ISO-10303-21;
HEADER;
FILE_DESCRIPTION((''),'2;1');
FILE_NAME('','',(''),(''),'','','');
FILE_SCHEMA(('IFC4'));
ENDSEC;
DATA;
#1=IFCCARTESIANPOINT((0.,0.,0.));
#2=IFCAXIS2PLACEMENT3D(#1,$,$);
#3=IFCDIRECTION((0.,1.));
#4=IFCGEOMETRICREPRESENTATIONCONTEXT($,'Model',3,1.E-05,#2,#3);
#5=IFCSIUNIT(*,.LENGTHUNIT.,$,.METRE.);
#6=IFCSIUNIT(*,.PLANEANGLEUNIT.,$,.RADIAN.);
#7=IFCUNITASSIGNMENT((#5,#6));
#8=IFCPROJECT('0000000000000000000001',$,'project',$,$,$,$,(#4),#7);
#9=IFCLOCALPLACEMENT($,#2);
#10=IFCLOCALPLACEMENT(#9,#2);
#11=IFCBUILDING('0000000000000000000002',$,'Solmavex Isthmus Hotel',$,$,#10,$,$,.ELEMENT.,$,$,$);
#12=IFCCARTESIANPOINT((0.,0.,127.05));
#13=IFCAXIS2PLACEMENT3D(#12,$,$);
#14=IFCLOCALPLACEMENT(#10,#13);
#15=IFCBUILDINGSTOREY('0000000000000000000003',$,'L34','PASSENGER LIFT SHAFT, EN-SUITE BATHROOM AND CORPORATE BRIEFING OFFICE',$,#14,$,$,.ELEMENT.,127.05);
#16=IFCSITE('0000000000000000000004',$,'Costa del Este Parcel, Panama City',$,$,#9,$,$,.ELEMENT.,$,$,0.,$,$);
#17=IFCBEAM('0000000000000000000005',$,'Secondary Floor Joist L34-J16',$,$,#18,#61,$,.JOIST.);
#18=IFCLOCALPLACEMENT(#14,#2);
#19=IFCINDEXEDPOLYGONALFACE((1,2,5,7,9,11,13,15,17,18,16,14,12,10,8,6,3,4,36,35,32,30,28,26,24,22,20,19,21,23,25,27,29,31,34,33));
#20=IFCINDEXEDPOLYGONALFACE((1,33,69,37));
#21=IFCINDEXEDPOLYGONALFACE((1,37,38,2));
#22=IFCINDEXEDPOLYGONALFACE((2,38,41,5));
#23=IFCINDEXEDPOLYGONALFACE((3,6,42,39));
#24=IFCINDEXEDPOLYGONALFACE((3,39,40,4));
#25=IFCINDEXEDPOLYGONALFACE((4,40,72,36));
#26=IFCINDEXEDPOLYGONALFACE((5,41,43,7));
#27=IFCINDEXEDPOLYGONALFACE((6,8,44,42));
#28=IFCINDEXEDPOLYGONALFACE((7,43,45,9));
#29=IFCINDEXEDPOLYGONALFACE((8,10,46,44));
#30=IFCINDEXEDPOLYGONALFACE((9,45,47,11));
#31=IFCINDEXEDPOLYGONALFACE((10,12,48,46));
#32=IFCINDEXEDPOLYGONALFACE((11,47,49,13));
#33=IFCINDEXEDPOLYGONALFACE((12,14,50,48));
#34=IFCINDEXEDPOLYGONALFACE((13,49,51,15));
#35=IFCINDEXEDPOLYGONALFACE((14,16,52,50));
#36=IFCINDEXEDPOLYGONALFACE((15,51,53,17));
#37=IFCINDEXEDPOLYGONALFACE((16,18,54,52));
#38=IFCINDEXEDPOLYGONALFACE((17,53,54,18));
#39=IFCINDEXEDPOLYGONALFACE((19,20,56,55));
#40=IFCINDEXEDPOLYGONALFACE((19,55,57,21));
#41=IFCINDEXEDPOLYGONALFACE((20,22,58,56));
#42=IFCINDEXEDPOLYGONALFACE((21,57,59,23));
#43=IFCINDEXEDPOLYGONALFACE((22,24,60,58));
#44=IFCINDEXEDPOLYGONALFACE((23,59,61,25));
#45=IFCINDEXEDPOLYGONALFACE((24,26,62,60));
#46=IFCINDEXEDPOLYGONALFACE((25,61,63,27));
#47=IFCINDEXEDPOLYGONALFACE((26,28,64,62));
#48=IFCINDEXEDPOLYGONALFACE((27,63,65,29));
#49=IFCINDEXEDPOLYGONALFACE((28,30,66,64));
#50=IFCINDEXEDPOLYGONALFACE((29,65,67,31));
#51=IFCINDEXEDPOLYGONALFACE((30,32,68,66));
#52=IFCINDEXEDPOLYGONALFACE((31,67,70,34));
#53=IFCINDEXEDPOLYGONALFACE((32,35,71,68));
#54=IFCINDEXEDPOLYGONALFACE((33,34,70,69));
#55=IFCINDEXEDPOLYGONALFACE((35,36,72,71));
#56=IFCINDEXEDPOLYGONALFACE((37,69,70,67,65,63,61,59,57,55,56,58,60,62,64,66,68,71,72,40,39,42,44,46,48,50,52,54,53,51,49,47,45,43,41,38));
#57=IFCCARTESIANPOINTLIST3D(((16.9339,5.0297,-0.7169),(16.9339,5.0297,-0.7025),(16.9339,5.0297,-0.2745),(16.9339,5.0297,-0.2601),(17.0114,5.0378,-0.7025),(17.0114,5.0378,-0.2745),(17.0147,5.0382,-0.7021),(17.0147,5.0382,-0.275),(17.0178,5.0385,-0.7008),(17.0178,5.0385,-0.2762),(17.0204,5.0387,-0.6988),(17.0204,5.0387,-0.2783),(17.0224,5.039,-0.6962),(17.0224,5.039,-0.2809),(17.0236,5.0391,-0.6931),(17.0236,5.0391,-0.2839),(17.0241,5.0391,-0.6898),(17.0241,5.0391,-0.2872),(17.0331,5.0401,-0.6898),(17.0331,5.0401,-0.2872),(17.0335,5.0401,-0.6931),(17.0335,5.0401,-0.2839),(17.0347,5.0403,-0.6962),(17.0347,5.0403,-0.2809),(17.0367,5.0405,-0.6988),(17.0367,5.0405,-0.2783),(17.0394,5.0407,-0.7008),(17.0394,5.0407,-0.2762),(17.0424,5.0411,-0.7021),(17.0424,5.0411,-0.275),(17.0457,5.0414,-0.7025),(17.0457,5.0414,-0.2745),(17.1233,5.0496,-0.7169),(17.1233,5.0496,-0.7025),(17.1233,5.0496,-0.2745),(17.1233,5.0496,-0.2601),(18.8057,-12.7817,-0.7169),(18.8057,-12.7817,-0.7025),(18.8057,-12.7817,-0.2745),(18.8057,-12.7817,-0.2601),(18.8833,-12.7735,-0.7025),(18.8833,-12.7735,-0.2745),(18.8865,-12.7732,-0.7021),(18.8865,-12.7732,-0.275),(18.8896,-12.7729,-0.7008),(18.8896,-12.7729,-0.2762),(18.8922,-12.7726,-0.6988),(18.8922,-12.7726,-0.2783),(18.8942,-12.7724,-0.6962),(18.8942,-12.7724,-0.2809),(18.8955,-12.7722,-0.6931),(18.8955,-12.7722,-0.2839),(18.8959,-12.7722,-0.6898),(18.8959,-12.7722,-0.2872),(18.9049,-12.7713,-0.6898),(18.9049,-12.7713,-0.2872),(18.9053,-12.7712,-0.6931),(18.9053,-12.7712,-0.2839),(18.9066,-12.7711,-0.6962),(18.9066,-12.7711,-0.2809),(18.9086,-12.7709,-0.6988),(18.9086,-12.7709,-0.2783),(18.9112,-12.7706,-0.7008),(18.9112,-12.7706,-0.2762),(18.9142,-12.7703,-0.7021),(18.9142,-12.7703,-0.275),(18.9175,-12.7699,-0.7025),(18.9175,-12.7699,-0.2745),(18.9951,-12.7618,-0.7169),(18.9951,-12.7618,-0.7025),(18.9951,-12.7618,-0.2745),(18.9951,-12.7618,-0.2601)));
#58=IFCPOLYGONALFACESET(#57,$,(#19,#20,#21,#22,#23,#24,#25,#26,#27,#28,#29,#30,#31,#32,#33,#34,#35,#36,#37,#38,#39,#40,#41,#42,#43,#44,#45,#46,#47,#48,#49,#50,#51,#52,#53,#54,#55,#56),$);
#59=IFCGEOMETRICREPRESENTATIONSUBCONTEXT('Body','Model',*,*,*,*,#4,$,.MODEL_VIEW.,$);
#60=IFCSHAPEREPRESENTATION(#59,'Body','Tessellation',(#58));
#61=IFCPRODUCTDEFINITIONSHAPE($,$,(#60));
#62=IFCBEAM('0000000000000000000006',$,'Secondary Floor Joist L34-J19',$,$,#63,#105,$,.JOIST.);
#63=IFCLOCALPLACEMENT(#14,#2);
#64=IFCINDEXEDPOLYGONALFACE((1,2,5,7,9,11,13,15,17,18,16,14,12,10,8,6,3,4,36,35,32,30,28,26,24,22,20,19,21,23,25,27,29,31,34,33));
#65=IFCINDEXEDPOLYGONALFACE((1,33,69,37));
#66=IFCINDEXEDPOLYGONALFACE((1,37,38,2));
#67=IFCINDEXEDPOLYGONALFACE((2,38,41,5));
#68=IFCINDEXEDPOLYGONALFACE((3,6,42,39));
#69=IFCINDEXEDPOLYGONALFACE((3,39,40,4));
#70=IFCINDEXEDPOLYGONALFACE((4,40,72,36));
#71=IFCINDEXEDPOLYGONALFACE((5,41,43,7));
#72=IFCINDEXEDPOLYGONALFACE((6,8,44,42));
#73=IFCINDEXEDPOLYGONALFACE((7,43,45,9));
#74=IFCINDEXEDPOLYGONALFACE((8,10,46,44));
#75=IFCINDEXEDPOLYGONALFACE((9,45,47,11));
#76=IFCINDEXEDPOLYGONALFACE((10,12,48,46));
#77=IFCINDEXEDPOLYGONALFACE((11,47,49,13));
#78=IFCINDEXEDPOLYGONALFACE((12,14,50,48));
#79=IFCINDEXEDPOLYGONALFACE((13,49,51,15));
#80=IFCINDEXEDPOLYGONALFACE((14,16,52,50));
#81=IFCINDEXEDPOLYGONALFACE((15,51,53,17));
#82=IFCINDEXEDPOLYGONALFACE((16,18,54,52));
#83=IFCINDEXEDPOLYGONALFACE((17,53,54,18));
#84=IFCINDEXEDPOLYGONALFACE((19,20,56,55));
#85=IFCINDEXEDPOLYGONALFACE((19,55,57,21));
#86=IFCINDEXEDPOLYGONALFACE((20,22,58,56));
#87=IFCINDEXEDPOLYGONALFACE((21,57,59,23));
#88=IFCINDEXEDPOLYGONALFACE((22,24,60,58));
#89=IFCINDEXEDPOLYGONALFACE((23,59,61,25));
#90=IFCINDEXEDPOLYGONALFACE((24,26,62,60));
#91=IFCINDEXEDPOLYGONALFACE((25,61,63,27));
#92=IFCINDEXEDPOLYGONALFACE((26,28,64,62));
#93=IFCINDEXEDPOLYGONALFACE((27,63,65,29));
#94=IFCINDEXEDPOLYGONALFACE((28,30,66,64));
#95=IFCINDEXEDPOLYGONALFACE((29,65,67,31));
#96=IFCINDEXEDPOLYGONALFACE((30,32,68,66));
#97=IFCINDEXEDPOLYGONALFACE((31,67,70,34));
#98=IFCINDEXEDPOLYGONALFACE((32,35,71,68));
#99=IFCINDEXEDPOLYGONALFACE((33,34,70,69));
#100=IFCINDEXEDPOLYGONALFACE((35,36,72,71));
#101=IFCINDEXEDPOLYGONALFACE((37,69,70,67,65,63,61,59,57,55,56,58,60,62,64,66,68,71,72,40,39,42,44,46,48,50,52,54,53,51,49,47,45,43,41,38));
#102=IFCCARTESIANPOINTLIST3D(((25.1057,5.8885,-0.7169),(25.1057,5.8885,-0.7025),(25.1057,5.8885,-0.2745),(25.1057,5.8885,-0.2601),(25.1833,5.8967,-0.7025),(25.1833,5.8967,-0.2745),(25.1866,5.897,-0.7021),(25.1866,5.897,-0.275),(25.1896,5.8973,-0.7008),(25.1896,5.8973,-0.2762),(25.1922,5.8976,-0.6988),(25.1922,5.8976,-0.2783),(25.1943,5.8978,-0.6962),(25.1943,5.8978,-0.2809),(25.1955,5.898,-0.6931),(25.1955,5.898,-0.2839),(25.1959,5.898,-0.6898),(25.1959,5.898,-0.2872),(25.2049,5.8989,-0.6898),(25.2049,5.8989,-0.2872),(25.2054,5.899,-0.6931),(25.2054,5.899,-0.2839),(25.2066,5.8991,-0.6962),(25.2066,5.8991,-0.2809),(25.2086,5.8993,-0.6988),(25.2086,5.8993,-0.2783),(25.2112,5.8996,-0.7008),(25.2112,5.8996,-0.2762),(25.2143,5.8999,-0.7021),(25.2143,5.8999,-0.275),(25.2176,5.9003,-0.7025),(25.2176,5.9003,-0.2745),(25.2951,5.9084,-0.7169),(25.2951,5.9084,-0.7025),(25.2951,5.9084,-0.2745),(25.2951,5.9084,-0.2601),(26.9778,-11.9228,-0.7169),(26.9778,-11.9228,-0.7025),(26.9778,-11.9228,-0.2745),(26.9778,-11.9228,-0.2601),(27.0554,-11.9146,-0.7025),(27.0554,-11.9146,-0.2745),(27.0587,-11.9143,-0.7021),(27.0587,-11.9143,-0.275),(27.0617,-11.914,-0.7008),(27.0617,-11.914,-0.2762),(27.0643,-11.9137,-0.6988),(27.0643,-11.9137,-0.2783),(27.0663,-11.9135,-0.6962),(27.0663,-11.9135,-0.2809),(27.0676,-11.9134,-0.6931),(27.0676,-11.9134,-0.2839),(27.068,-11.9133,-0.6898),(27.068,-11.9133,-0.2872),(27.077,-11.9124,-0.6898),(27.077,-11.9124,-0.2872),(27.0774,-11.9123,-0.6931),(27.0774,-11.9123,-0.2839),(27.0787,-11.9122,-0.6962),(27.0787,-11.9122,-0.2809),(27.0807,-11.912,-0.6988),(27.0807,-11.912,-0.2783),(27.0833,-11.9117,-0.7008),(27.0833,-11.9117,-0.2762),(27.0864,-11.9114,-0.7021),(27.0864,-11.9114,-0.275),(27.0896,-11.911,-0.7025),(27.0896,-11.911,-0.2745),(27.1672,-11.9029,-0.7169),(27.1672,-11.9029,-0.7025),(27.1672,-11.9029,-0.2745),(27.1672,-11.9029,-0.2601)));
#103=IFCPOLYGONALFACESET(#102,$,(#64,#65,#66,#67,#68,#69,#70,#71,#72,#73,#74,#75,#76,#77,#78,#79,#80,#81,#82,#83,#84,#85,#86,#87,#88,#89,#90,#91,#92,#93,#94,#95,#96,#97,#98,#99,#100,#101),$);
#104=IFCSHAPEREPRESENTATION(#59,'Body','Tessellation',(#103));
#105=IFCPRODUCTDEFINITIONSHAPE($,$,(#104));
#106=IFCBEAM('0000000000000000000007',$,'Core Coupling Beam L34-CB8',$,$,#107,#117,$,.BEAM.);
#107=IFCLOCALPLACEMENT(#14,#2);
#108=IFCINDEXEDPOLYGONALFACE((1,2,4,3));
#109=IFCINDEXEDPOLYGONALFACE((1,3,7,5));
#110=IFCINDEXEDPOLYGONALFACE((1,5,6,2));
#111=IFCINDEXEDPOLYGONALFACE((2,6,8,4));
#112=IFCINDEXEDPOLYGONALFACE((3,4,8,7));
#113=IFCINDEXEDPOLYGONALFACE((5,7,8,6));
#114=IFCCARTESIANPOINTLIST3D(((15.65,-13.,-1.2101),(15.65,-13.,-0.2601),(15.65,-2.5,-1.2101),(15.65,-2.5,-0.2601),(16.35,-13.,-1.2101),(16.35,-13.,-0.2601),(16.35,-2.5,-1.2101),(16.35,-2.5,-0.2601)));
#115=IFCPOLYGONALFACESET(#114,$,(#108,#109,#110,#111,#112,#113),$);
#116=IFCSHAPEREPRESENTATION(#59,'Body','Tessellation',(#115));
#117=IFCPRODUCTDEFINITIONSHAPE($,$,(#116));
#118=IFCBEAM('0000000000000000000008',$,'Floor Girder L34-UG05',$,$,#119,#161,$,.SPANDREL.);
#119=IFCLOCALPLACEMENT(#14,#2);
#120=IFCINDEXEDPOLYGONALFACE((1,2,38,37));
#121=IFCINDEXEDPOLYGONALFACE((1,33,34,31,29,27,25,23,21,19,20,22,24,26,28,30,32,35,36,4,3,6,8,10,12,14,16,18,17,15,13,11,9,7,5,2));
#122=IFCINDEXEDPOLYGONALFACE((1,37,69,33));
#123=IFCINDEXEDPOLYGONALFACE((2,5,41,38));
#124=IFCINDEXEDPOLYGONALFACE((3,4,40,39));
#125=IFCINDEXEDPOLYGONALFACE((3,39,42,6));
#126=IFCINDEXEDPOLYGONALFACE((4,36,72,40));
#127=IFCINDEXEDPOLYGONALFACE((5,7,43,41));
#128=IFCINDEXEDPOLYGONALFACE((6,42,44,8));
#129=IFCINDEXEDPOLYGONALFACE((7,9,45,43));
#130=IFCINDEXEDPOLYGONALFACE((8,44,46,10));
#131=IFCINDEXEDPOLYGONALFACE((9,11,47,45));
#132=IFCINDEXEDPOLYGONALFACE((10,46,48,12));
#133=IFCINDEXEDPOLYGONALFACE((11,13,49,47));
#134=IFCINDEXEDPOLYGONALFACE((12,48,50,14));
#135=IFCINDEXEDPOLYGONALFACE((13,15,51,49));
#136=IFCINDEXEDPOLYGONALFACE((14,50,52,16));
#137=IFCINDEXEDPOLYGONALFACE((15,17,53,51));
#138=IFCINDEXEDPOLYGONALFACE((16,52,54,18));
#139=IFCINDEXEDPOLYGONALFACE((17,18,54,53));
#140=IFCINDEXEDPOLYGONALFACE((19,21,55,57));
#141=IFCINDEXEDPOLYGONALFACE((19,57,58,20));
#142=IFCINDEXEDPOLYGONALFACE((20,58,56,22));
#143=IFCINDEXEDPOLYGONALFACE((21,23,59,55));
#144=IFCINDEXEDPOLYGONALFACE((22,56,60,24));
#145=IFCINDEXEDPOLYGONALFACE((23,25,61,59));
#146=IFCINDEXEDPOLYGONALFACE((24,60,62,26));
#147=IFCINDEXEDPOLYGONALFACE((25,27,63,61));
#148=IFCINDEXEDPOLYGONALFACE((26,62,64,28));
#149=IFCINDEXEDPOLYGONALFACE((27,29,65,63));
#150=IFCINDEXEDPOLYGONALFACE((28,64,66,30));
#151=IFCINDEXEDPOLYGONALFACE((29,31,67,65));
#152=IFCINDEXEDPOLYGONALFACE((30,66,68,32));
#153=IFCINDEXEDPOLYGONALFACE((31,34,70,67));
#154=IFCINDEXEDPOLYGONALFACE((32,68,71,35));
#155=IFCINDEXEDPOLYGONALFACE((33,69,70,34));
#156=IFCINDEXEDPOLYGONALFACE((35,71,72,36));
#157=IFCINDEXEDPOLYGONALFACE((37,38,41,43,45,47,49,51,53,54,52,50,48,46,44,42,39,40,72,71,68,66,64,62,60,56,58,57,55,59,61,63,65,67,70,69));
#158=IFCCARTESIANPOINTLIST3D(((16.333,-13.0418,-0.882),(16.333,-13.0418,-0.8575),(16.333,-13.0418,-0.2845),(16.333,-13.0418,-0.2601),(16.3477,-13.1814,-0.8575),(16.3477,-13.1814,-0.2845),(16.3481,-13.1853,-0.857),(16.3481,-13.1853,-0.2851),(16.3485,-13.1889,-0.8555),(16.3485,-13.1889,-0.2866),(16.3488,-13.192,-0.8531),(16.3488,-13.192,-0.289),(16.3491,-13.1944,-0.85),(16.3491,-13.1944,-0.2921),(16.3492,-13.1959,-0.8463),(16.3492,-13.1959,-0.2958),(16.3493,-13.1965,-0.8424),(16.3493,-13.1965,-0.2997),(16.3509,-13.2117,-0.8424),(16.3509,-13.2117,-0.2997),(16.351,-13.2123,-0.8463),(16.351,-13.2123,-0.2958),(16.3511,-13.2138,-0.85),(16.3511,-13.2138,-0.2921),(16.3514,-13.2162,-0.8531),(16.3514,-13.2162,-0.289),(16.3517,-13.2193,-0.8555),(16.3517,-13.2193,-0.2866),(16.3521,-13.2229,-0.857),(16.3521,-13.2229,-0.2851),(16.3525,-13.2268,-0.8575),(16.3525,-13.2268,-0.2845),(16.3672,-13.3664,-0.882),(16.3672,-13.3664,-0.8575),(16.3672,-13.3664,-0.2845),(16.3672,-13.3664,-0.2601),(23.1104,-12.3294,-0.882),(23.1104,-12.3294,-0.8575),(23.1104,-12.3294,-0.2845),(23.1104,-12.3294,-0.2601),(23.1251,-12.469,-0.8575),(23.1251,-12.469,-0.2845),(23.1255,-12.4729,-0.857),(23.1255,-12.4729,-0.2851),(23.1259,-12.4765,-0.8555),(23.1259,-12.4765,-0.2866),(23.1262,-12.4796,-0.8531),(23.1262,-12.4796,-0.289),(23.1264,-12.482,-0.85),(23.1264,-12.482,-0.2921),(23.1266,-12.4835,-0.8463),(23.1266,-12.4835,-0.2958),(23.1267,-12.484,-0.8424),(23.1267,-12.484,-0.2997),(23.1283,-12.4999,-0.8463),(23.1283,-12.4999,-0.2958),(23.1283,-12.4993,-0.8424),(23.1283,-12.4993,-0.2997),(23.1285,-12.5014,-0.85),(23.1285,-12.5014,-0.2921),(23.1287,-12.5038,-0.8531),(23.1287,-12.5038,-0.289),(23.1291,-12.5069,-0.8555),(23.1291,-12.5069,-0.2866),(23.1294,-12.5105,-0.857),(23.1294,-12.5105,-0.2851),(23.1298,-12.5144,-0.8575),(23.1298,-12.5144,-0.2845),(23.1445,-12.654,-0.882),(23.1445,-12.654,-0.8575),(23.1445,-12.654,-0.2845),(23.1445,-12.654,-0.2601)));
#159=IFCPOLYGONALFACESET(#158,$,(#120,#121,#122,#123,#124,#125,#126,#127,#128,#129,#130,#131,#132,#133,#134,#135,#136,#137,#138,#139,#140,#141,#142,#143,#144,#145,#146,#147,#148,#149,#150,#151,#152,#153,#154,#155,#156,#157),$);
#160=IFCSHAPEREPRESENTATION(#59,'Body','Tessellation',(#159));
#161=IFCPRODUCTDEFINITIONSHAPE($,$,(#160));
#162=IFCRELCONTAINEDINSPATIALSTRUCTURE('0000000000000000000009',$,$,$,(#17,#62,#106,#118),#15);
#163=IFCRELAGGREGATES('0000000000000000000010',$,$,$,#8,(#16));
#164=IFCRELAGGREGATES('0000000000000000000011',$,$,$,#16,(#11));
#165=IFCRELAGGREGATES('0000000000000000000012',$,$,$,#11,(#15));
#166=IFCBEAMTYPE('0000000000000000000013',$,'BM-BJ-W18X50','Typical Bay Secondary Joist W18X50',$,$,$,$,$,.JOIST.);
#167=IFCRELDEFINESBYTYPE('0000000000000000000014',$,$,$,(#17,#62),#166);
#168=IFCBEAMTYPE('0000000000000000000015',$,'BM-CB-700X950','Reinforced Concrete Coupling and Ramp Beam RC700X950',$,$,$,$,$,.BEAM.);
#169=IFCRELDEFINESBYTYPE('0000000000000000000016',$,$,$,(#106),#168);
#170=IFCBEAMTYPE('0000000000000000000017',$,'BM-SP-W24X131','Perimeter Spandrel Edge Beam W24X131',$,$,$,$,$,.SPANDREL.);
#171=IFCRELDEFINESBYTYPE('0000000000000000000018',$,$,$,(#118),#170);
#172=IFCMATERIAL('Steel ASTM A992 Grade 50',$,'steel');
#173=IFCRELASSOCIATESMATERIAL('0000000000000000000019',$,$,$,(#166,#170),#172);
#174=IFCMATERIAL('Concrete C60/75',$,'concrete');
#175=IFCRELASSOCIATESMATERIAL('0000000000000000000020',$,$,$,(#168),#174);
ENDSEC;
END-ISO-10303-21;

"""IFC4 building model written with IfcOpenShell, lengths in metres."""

from ifc_helpers import new_model, si_unit, direction, frame, origin, origin_2d, place, context, subcontext, project, spatial, rectangle, i_section, extrude, material, material_profile, profile_set, type_object, element, save


model = new_model("IFC4")

# Units and contexts
model_context = context("Model", 3, precision=1e-05, world=origin(), true_north=direction((0.0, 1.0)))
body_context = subcontext(model_context, "Body", "Model", "MODEL_VIEW")
ifc_project = project(units=[si_unit("LENGTHUNIT", "METRE"), si_unit("PLANEANGLEUNIT", "RADIAN")], contexts=[model_context])

# Site, building, storey
site_placement = place(None, origin())
site = spatial("IfcSite", under=ifc_project, at=site_placement, Name="Costa del Este Parcel, Panama City", CompositionType="ELEMENT", RefElevation=0.0)
building_placement = place(site_placement, origin())
building = spatial("IfcBuilding", under=site, at=building_placement, Name="Solmavex Isthmus Hotel", CompositionType="ELEMENT")
storey_placement = place(building_placement, frame((0.0, 0.0, 127.05)))
storey = spatial("IfcBuildingStorey", under=building, at=storey_placement, Name="L34", Description="PASSENGER LIFT SHAFT, EN-SUITE BATHROOM AND CORPORATE BRIEFING OFFICE", CompositionType="ELEMENT", Elevation=127.05)

# Shared definitions
ifc_material_1 = material(Name="Concrete C60/75", Category="concrete")

# Beams
ifc_material_2 = material(Name="Steel ASTM A992 Grade 50", Category="steel")
ifc_material_profile_1 = material_profile(ifc_material_2, i_section(OverallWidth=0.1904, OverallDepth=0.4568, WebThickness=0.009, FlangeThickness=0.0144, FilletRadius=0.0127, at=origin_2d()), Name="W18X50")
ifc_profile_set_1 = profile_set([ifc_material_profile_1], Name="Steel ASTM A992 Grade 50")
beam_type_1 = type_object("IfcBeamType", Name="BM-BJ-W18X50", Description="Typical Bay Secondary Joist W18X50", PredefinedType="JOIST", material=ifc_profile_set_1)
for number, where, z_axis, x_axis, name in (
    (1, (18.9004, -12.7717, -0.4885), (-0.104517, 0.994523, 0.0), (-0.994523, -0.104517, 0.0), "Secondary Floor Joist L34-J16"),
    (2, (27.0725, -11.9128, -0.4885), (-0.10453, 0.994522, 0.0), (-0.994522, -0.10453, 0.0), "Secondary Floor Joist L34-J19"),
):
    element("IfcBeam", number, at=place(storey_placement, frame(where, z_axis=z_axis, x_axis=x_axis)), inside=storey, type_object=beam_type_1, Name=name, PredefinedType="JOIST", context=body_context, shape_type="SweptSolid", body=[
        extrude(i_section(OverallWidth=0.1904, OverallDepth=0.4568, WebThickness=0.009, FlangeThickness=0.0144, FilletRadius=0.0127, at=origin_2d()), origin(), (0.0, 0.0, 1.0), 17.9094),
    ])
ifc_material_profile_2 = material_profile(ifc_material_1, rectangle(XDim=0.7, YDim=0.95, at=origin_2d()), Name="RC700X950")
ifc_profile_set_2 = profile_set([ifc_material_profile_2], Name="Concrete C60/75")
beam_type_2 = type_object("IfcBeamType", Name="BM-CB-700X950", Description="Reinforced Concrete Coupling and Ramp Beam RC700X950", PredefinedType="BEAM", material=ifc_profile_set_2)
beam_1_placement = place(storey_placement, frame((16.0, -13.0, -0.7351), z_axis=(0.0, 1.0, 0.0), x_axis=(-1.0, 0.0, 0.0)))
element("IfcBeam", 3, at=beam_1_placement, inside=storey, type_object=beam_type_2, Name="Core Coupling Beam L34-CB8", PredefinedType="BEAM", context=body_context, shape_type="SweptSolid", body=[
    extrude(rectangle(XDim=0.7, YDim=0.95, at=origin_2d()), origin(), (0.0, 0.0, 1.0), 10.5),
])
ifc_material_profile_3 = material_profile(ifc_material_2, i_section(OverallWidth=0.3264, OverallDepth=0.6218, WebThickness=0.0154, FlangeThickness=0.0244, FilletRadius=0.0151, at=origin_2d()), Name="W24X131")
ifc_profile_set_3 = profile_set([ifc_material_profile_3], Name="Steel ASTM A992 Grade 50")
beam_type_3 = type_object("IfcBeamType", Name="BM-SP-W24X131", Description="Perimeter Spandrel Edge Beam W24X131", PredefinedType="SPANDREL", material=ifc_profile_set_3)
beam_2_placement = place(storey_placement, frame((16.3501, -13.2041, -0.571), z_axis=(0.994521, 0.104539, 0.0), x_axis=(-0.104539, 0.994521, 0.0)))
element("IfcBeam", 4, at=beam_2_placement, inside=storey, type_object=beam_type_3, Name="Floor Girder L34-UG05", PredefinedType="SPANDREL", context=body_context, shape_type="SweptSolid", body=[
    extrude(i_section(OverallWidth=0.3264, OverallDepth=0.6218, WebThickness=0.0154, FlangeThickness=0.0244, FilletRadius=0.0151, at=origin_2d()), origin(), (0.0, 0.0, 1.0), 6.8147),
])

save(model, "model.ifc")
